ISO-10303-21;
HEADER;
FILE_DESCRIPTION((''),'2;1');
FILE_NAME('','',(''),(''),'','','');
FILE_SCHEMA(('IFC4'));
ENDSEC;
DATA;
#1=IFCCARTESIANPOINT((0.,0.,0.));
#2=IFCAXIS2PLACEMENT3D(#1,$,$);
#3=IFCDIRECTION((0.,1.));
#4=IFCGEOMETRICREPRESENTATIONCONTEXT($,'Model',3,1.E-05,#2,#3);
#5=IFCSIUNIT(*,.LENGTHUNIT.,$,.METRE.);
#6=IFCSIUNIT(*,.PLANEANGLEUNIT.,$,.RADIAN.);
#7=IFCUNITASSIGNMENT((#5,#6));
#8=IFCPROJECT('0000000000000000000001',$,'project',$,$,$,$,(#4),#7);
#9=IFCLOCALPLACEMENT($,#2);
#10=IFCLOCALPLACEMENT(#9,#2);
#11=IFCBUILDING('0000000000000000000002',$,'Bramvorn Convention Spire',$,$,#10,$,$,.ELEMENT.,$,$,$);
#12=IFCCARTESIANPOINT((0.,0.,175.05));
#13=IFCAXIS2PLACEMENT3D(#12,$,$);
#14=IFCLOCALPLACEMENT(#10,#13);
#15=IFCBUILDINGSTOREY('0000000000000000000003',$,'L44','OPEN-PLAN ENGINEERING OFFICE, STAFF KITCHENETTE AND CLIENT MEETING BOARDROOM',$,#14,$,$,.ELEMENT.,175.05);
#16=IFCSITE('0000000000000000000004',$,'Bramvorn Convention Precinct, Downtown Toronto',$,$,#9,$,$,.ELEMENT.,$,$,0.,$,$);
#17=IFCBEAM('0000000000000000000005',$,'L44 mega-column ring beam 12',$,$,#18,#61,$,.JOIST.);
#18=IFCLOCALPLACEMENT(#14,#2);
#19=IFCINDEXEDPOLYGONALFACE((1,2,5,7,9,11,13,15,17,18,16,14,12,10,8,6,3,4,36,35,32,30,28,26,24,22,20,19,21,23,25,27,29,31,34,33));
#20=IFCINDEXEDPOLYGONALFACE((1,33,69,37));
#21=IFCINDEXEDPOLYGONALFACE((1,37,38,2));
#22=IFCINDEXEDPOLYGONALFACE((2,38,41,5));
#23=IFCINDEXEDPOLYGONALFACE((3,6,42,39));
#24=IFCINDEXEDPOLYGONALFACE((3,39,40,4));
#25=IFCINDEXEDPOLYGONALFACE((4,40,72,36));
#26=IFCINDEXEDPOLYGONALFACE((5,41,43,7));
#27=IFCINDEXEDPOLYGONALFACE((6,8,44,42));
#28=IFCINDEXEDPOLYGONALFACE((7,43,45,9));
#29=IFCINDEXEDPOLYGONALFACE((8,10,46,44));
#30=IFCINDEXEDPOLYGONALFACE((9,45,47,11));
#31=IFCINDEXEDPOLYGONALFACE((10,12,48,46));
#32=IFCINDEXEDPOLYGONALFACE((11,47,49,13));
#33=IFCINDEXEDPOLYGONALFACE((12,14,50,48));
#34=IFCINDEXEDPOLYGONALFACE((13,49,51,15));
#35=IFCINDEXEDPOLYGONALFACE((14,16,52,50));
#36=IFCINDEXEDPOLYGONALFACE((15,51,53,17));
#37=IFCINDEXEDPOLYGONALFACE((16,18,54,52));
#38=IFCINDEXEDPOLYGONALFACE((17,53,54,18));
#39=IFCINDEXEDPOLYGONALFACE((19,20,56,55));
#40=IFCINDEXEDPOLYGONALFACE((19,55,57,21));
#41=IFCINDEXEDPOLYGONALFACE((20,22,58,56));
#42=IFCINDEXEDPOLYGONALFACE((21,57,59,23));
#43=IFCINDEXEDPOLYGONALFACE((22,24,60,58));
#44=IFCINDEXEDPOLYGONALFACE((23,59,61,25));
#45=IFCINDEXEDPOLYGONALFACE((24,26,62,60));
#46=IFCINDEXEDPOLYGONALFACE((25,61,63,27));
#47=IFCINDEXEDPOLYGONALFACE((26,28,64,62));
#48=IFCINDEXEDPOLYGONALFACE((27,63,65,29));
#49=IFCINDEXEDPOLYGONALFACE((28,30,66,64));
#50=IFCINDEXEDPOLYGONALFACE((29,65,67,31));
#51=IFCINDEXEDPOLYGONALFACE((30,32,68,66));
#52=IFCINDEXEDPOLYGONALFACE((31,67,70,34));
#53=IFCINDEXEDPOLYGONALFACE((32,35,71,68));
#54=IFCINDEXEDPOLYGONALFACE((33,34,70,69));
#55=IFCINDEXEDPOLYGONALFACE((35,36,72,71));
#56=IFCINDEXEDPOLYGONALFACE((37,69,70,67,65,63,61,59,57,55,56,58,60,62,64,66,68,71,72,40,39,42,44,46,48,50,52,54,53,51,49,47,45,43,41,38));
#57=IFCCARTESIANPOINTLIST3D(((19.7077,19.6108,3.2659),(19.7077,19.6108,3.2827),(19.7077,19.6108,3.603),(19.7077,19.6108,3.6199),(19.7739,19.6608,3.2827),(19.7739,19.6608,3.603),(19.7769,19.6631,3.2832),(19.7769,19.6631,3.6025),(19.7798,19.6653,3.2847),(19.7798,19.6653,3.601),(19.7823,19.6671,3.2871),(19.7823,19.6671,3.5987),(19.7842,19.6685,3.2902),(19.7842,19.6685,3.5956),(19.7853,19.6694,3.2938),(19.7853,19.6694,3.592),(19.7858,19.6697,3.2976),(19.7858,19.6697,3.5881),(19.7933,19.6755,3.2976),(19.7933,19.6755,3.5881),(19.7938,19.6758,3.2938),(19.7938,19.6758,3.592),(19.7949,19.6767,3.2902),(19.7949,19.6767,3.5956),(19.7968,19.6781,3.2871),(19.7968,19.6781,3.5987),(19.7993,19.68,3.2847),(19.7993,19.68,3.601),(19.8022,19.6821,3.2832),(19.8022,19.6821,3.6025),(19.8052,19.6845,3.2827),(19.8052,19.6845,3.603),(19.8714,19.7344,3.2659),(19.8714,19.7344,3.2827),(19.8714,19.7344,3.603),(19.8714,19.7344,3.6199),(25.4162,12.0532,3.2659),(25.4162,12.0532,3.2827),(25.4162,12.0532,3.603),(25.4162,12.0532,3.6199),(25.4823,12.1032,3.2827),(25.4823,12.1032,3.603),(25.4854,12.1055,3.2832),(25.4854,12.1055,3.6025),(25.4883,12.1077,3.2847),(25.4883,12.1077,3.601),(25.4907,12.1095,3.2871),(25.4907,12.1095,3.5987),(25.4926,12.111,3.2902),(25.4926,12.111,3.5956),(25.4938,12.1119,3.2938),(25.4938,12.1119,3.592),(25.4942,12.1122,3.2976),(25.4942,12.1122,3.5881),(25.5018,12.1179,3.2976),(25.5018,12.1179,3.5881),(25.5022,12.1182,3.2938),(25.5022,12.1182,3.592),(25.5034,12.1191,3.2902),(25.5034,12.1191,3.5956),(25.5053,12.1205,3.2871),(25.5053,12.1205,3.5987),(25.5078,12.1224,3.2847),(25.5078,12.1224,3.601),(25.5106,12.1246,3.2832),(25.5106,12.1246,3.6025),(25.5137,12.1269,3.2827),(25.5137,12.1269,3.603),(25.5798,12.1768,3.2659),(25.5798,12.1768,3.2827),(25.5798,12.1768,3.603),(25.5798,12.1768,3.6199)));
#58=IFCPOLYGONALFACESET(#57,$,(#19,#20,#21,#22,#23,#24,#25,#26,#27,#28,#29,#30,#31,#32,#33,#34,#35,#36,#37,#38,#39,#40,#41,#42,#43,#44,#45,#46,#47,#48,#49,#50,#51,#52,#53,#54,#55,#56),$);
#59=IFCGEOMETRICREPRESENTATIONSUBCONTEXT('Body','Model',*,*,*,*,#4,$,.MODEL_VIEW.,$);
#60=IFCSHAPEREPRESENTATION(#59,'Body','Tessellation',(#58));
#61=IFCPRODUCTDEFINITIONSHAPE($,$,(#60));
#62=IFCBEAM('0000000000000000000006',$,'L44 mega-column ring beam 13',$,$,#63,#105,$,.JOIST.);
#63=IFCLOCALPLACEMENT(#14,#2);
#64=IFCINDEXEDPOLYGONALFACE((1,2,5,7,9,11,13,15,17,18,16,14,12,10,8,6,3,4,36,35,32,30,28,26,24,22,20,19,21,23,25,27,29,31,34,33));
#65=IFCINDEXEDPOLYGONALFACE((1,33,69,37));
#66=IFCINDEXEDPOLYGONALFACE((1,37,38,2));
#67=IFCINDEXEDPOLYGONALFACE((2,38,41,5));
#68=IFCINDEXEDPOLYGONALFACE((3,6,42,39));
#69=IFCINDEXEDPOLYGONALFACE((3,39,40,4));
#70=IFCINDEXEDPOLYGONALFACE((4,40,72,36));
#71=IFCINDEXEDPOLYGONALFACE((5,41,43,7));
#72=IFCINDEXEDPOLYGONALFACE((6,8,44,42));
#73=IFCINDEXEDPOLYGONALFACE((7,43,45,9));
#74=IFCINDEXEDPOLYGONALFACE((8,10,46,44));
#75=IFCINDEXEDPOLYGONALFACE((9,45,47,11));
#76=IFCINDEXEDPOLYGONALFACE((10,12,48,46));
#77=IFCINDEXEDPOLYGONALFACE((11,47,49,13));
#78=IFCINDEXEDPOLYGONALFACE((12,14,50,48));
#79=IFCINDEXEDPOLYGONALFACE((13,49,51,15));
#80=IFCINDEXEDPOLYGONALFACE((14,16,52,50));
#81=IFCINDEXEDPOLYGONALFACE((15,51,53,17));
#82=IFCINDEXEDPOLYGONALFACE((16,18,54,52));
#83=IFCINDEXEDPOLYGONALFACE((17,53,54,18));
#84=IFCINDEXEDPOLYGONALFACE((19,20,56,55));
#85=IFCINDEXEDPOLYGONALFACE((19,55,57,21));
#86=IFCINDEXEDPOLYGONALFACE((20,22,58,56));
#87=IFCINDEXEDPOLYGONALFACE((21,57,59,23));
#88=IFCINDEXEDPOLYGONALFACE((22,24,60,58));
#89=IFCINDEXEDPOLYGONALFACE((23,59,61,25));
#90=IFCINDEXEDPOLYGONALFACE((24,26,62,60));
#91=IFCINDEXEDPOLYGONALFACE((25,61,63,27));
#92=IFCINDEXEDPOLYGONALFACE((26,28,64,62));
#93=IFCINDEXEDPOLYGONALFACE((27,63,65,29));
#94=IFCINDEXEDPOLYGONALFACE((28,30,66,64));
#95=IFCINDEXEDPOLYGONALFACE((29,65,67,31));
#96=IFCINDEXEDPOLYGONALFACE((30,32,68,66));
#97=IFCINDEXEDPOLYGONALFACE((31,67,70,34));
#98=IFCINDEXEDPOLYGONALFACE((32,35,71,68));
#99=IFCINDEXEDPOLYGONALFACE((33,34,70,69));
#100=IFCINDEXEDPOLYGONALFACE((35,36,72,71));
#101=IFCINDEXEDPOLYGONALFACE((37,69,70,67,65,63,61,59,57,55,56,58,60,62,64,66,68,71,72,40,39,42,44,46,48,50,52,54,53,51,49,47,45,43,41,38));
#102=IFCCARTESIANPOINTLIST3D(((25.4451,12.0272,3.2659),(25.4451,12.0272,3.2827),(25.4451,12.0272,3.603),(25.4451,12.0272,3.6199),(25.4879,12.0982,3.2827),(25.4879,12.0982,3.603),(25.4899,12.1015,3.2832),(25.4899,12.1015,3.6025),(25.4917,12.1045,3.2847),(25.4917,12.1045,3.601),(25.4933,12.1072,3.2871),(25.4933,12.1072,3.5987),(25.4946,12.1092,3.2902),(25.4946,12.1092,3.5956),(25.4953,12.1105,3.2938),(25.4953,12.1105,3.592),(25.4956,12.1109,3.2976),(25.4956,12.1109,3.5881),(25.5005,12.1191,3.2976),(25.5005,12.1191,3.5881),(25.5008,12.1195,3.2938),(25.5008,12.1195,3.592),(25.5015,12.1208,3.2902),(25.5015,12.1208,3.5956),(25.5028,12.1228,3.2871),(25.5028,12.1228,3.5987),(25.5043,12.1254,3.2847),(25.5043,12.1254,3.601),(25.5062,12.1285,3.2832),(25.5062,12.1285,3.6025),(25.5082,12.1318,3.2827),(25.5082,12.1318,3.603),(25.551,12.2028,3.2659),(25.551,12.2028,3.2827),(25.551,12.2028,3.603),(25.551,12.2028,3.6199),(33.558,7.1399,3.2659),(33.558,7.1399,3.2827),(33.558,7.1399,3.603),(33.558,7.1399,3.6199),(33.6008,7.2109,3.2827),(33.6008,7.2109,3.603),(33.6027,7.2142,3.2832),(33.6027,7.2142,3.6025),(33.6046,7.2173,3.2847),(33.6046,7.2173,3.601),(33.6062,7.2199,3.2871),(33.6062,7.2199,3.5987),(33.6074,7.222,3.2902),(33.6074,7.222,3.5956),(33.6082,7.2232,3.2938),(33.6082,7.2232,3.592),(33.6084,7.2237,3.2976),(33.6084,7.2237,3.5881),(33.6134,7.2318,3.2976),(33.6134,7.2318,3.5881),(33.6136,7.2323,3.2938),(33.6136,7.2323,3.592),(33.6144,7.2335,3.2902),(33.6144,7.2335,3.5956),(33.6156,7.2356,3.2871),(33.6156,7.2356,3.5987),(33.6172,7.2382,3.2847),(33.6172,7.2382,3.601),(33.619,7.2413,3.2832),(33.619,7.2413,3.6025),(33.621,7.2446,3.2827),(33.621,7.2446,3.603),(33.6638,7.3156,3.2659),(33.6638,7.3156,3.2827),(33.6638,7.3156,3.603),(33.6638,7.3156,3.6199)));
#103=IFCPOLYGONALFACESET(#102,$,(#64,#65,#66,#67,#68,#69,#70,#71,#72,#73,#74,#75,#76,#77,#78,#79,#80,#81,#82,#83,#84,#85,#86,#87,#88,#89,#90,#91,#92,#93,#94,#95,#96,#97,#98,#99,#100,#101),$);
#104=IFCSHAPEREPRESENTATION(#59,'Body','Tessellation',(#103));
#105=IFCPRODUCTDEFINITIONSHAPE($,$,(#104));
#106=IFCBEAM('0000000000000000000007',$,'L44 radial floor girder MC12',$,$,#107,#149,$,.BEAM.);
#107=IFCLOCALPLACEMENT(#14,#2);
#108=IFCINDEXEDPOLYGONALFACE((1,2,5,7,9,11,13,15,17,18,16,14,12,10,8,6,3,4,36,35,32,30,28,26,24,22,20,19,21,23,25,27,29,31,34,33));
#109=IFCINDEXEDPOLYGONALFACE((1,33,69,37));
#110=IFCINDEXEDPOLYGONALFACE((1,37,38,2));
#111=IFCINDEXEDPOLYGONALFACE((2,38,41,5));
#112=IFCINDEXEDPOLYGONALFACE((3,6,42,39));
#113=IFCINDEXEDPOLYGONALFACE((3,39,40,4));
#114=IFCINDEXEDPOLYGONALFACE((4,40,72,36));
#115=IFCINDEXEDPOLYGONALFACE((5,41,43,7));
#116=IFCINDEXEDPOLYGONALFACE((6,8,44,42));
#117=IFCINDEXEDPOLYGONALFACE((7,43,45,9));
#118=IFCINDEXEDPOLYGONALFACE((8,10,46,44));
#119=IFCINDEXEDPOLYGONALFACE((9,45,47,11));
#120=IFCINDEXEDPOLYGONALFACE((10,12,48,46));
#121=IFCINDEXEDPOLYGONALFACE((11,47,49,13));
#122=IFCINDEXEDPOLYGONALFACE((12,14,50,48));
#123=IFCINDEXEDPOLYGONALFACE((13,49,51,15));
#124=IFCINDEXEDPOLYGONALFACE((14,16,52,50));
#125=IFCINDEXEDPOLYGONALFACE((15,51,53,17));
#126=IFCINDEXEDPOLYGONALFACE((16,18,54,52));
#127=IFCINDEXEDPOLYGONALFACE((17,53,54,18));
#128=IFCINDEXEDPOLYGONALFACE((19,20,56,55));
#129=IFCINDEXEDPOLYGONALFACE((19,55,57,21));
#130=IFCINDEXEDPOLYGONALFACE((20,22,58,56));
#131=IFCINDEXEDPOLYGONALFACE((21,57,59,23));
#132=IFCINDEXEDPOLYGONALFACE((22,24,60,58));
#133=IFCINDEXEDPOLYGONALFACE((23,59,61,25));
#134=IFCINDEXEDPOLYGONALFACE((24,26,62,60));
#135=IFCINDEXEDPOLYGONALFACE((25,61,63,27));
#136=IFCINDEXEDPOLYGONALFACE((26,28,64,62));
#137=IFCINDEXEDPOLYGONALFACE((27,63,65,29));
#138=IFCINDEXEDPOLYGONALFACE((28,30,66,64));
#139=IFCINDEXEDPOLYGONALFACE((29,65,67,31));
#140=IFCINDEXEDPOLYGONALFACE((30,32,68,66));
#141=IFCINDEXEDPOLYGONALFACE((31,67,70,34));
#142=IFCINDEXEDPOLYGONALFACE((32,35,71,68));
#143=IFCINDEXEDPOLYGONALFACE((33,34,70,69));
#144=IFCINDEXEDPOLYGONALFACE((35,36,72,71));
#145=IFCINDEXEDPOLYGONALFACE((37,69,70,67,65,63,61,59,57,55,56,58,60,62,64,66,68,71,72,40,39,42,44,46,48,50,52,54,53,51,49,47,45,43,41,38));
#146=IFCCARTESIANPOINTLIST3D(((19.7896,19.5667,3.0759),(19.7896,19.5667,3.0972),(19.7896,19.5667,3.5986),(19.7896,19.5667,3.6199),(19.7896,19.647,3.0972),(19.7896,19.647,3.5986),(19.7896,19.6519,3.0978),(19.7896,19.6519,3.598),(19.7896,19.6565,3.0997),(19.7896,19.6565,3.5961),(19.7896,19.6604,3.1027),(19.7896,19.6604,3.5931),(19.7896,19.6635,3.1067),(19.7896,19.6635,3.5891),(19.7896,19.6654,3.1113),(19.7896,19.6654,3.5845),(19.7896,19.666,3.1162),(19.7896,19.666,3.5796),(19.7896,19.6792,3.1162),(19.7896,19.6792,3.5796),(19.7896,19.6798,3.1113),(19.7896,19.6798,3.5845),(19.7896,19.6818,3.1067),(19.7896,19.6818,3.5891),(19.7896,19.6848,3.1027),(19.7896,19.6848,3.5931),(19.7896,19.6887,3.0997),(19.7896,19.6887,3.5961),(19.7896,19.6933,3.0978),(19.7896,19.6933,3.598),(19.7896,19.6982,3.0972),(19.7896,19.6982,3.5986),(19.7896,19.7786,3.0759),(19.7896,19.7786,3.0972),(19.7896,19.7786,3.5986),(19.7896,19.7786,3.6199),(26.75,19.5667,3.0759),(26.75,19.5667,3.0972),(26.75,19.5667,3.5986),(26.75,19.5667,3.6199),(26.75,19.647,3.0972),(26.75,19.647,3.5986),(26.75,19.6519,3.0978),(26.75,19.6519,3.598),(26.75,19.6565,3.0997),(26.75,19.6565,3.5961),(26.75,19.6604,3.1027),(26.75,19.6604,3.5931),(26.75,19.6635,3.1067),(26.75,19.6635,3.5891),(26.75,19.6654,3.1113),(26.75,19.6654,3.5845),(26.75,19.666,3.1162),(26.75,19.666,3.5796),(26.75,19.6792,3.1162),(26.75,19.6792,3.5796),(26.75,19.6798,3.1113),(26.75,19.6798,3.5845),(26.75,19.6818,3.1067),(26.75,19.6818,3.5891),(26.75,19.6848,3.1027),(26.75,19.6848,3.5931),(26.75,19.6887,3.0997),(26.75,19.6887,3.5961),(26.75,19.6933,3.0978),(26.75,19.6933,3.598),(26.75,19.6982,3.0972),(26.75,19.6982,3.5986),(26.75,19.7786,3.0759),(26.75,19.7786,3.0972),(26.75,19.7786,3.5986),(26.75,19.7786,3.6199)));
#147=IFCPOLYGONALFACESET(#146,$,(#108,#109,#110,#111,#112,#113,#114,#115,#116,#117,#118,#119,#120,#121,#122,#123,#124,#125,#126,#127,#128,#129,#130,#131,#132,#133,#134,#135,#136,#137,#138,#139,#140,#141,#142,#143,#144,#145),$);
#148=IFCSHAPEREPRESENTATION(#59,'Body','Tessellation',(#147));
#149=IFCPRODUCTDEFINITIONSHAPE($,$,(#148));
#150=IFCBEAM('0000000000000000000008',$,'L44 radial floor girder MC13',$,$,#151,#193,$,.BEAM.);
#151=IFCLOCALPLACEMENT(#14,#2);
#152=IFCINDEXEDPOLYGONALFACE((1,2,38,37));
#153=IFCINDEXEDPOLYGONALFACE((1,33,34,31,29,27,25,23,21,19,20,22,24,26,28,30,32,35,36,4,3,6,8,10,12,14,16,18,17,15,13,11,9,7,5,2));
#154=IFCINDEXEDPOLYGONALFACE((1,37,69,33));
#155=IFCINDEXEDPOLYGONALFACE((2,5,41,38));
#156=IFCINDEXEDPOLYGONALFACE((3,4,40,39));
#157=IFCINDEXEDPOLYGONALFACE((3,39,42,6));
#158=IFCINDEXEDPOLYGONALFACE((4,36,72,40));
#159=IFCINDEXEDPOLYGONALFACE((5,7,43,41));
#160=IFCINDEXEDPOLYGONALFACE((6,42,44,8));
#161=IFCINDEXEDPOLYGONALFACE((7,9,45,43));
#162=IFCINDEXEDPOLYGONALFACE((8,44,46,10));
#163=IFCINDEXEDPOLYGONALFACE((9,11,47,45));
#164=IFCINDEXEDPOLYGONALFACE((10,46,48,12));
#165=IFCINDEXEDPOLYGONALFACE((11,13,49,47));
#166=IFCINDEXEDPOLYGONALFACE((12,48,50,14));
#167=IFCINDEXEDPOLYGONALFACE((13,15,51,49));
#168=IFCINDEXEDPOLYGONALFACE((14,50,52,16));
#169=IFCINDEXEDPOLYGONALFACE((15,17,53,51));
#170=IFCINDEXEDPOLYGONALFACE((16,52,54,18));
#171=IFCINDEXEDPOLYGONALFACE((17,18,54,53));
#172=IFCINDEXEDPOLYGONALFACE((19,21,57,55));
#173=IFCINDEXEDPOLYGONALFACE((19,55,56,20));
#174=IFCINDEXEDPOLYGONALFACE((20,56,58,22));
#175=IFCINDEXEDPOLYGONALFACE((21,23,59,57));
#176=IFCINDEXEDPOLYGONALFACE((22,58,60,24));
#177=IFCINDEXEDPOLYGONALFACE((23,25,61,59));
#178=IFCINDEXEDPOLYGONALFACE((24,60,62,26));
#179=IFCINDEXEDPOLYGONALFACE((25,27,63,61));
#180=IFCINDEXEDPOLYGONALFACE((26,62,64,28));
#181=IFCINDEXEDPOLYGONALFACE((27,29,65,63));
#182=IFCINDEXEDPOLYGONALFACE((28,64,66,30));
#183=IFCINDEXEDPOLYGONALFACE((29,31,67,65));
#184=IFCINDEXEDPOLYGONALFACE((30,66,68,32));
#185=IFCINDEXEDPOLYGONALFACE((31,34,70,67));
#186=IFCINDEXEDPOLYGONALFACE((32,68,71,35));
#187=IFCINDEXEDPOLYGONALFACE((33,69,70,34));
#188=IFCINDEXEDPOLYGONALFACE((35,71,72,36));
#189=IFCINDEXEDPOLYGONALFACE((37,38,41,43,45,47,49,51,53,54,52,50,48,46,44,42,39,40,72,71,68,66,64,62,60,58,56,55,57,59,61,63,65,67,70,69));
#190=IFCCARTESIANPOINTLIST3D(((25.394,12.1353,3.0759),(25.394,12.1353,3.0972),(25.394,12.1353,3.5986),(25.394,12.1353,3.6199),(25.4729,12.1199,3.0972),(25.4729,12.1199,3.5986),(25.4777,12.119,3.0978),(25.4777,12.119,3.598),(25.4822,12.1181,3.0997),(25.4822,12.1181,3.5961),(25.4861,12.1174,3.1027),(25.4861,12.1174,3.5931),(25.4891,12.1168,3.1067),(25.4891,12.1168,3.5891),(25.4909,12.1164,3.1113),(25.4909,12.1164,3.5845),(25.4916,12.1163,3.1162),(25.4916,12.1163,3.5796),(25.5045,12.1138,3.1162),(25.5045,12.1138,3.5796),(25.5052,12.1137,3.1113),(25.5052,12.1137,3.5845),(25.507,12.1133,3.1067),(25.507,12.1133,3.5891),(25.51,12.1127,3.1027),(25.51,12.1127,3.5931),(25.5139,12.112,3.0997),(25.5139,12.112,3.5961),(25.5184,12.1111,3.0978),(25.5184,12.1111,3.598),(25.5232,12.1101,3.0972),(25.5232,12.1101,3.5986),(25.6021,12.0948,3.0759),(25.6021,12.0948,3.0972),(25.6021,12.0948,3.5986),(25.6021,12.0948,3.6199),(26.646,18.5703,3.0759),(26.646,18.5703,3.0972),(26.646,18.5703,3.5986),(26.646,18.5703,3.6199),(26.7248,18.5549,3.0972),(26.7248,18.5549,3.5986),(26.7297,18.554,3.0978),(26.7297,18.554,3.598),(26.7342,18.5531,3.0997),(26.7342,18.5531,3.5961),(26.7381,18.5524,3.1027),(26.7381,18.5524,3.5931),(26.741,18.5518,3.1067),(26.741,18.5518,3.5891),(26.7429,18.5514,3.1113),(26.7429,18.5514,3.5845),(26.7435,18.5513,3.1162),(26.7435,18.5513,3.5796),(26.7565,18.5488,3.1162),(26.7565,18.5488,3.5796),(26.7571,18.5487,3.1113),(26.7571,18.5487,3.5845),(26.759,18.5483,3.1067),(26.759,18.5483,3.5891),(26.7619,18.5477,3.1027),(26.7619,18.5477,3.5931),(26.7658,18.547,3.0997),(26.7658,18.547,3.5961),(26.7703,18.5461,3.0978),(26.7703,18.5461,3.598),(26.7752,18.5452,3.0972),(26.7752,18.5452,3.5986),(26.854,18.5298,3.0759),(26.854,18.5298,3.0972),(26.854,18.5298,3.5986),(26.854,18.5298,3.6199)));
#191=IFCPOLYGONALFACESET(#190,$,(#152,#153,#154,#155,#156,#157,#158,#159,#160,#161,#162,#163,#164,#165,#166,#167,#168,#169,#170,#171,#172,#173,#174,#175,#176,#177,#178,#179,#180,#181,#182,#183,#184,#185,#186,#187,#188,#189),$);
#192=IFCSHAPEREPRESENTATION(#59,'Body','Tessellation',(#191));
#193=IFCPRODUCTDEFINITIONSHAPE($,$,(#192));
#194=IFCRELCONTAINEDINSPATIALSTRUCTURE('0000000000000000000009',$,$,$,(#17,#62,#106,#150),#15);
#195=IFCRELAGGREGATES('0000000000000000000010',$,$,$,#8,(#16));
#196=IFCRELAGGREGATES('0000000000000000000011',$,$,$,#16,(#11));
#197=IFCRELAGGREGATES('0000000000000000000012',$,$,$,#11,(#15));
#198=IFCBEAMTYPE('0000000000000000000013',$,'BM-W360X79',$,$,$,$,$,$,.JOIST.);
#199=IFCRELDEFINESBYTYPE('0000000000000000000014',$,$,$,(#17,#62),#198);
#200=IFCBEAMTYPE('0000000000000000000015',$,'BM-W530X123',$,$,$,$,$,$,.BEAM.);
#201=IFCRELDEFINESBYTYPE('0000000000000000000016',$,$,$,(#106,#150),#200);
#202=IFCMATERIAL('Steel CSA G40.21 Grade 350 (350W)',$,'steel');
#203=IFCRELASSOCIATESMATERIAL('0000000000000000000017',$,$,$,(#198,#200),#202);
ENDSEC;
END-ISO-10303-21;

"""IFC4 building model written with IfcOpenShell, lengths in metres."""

from ifc_helpers import new_model, si_unit, direction, frame, origin, origin_2d, place, context, subcontext, project, spatial, i_section, extrude, material, material_profile, profile_set, type_object, element, save


model = new_model("IFC4")

# Units and contexts
model_context = context("Model", 3, precision=1e-05, world=origin(), true_north=direction((0.0, 1.0)))
body_context = subcontext(model_context, "Body", "Model", "MODEL_VIEW")
ifc_project = project(units=[si_unit("LENGTHUNIT", "METRE"), si_unit("PLANEANGLEUNIT", "RADIAN")], contexts=[model_context])

# Site, building, storey
site_placement = place(None, origin())
site = spatial("IfcSite", under=ifc_project, at=site_placement, Name="Bramvorn Convention Precinct, Downtown Toronto", CompositionType="ELEMENT", RefElevation=0.0)
building_placement = place(site_placement, origin())
building = spatial("IfcBuilding", under=site, at=building_placement, Name="Bramvorn Convention Spire", CompositionType="ELEMENT")
storey_placement = place(building_placement, frame((0.0, 0.0, 175.05)))
storey = spatial("IfcBuildingStorey", under=building, at=storey_placement, Name="L44", Description="OPEN-PLAN ENGINEERING OFFICE, STAFF KITCHENETTE AND CLIENT MEETING BOARDROOM", CompositionType="ELEMENT", Elevation=175.05)

# Shared definitions
ifc_material_1 = material(Name="Steel CSA G40.21 Grade 350 (350W)", Category="steel")

# Beams
ifc_material_profile_1 = material_profile(ifc_material_1, i_section(OverallWidth=0.2051, OverallDepth=0.354, WebThickness=0.0095, FlangeThickness=0.0168, FilletRadius=0.0149, at=origin_2d()))
ifc_profile_set_1 = profile_set([ifc_material_profile_1], Name="Steel CSA G40.21 Grade 350 (350W) - W360X79")
beam_type_1 = type_object("IfcBeamType", Name="BM-W360X79", PredefinedType="JOIST", material=ifc_profile_set_1)
for number, where, z_axis, x_axis, name in (
    (1, (19.7896, 19.6726, 3.4429), (0.602719, -0.797954, 0.0), (0.797954, 0.602719, 0.0), "L44 mega-column ring beam 12"),
    (2, (25.498, 12.115, 3.4429), (0.856582, -0.516011, 0.0), (0.516011, 0.856582, 0.0), "L44 mega-column ring beam 13"),
):
    element("IfcBeam", number, at=place(storey_placement, frame(where, z_axis=z_axis, x_axis=x_axis)), inside=storey, type_object=beam_type_1, Name=name, PredefinedType="JOIST", context=body_context, shape_type="SweptSolid", body=[
        extrude(i_section(OverallWidth=0.2051, OverallDepth=0.354, WebThickness=0.0095, FlangeThickness=0.0168, FilletRadius=0.0149, at=origin_2d()), origin(), (0.0, 0.0, 1.0), 9.4712),
    ])
ifc_material_profile_2 = material_profile(ifc_material_1, i_section(OverallWidth=0.2119, OverallDepth=0.5439, WebThickness=0.0132, FlangeThickness=0.0212, FilletRadius=0.019, at=origin_2d()))
ifc_profile_set_2 = profile_set([ifc_material_profile_2], Name="Steel CSA G40.21 Grade 350 (350W) - W530X123")
beam_type_2 = type_object("IfcBeamType", Name="BM-W530X123", PredefinedType="BEAM", material=ifc_profile_set_2)
beam_1_placement = place(storey_placement, frame((26.75, 19.6726, 3.3479), z_axis=(-1.0, 0.0, 0.0), x_axis=(0.0, -1.0, 0.0)))
element("IfcBeam", 3, at=beam_1_placement, inside=storey, type_object=beam_type_2, Name="L44 radial floor girder MC12", PredefinedType="BEAM", context=body_context, shape_type="SweptSolid", body=[
    extrude(i_section(OverallWidth=0.2119, OverallDepth=0.5439, WebThickness=0.0132, FlangeThickness=0.0212, FilletRadius=0.019, at=origin_2d()), origin(), (0.0, 0.0, 1.0), 6.9604),
])
beam_2_placement = place(storey_placement, frame((26.75, 18.55, 3.3479), z_axis=(-0.190971, -0.981596, 0.0), x_axis=(0.981596, -0.190971, 0.0)))
element("IfcBeam", 4, at=beam_2_placement, inside=storey, type_object=beam_type_2, Name="L44 radial floor girder MC13", PredefinedType="BEAM", context=body_context, shape_type="SweptSolid", body=[
    extrude(i_section(OverallWidth=0.2119, OverallDepth=0.5439, WebThickness=0.0132, FlangeThickness=0.0212, FilletRadius=0.019, at=origin_2d()), origin(), (0.0, 0.0, 1.0), 6.5557),
])

save(model, "model.ifc")
